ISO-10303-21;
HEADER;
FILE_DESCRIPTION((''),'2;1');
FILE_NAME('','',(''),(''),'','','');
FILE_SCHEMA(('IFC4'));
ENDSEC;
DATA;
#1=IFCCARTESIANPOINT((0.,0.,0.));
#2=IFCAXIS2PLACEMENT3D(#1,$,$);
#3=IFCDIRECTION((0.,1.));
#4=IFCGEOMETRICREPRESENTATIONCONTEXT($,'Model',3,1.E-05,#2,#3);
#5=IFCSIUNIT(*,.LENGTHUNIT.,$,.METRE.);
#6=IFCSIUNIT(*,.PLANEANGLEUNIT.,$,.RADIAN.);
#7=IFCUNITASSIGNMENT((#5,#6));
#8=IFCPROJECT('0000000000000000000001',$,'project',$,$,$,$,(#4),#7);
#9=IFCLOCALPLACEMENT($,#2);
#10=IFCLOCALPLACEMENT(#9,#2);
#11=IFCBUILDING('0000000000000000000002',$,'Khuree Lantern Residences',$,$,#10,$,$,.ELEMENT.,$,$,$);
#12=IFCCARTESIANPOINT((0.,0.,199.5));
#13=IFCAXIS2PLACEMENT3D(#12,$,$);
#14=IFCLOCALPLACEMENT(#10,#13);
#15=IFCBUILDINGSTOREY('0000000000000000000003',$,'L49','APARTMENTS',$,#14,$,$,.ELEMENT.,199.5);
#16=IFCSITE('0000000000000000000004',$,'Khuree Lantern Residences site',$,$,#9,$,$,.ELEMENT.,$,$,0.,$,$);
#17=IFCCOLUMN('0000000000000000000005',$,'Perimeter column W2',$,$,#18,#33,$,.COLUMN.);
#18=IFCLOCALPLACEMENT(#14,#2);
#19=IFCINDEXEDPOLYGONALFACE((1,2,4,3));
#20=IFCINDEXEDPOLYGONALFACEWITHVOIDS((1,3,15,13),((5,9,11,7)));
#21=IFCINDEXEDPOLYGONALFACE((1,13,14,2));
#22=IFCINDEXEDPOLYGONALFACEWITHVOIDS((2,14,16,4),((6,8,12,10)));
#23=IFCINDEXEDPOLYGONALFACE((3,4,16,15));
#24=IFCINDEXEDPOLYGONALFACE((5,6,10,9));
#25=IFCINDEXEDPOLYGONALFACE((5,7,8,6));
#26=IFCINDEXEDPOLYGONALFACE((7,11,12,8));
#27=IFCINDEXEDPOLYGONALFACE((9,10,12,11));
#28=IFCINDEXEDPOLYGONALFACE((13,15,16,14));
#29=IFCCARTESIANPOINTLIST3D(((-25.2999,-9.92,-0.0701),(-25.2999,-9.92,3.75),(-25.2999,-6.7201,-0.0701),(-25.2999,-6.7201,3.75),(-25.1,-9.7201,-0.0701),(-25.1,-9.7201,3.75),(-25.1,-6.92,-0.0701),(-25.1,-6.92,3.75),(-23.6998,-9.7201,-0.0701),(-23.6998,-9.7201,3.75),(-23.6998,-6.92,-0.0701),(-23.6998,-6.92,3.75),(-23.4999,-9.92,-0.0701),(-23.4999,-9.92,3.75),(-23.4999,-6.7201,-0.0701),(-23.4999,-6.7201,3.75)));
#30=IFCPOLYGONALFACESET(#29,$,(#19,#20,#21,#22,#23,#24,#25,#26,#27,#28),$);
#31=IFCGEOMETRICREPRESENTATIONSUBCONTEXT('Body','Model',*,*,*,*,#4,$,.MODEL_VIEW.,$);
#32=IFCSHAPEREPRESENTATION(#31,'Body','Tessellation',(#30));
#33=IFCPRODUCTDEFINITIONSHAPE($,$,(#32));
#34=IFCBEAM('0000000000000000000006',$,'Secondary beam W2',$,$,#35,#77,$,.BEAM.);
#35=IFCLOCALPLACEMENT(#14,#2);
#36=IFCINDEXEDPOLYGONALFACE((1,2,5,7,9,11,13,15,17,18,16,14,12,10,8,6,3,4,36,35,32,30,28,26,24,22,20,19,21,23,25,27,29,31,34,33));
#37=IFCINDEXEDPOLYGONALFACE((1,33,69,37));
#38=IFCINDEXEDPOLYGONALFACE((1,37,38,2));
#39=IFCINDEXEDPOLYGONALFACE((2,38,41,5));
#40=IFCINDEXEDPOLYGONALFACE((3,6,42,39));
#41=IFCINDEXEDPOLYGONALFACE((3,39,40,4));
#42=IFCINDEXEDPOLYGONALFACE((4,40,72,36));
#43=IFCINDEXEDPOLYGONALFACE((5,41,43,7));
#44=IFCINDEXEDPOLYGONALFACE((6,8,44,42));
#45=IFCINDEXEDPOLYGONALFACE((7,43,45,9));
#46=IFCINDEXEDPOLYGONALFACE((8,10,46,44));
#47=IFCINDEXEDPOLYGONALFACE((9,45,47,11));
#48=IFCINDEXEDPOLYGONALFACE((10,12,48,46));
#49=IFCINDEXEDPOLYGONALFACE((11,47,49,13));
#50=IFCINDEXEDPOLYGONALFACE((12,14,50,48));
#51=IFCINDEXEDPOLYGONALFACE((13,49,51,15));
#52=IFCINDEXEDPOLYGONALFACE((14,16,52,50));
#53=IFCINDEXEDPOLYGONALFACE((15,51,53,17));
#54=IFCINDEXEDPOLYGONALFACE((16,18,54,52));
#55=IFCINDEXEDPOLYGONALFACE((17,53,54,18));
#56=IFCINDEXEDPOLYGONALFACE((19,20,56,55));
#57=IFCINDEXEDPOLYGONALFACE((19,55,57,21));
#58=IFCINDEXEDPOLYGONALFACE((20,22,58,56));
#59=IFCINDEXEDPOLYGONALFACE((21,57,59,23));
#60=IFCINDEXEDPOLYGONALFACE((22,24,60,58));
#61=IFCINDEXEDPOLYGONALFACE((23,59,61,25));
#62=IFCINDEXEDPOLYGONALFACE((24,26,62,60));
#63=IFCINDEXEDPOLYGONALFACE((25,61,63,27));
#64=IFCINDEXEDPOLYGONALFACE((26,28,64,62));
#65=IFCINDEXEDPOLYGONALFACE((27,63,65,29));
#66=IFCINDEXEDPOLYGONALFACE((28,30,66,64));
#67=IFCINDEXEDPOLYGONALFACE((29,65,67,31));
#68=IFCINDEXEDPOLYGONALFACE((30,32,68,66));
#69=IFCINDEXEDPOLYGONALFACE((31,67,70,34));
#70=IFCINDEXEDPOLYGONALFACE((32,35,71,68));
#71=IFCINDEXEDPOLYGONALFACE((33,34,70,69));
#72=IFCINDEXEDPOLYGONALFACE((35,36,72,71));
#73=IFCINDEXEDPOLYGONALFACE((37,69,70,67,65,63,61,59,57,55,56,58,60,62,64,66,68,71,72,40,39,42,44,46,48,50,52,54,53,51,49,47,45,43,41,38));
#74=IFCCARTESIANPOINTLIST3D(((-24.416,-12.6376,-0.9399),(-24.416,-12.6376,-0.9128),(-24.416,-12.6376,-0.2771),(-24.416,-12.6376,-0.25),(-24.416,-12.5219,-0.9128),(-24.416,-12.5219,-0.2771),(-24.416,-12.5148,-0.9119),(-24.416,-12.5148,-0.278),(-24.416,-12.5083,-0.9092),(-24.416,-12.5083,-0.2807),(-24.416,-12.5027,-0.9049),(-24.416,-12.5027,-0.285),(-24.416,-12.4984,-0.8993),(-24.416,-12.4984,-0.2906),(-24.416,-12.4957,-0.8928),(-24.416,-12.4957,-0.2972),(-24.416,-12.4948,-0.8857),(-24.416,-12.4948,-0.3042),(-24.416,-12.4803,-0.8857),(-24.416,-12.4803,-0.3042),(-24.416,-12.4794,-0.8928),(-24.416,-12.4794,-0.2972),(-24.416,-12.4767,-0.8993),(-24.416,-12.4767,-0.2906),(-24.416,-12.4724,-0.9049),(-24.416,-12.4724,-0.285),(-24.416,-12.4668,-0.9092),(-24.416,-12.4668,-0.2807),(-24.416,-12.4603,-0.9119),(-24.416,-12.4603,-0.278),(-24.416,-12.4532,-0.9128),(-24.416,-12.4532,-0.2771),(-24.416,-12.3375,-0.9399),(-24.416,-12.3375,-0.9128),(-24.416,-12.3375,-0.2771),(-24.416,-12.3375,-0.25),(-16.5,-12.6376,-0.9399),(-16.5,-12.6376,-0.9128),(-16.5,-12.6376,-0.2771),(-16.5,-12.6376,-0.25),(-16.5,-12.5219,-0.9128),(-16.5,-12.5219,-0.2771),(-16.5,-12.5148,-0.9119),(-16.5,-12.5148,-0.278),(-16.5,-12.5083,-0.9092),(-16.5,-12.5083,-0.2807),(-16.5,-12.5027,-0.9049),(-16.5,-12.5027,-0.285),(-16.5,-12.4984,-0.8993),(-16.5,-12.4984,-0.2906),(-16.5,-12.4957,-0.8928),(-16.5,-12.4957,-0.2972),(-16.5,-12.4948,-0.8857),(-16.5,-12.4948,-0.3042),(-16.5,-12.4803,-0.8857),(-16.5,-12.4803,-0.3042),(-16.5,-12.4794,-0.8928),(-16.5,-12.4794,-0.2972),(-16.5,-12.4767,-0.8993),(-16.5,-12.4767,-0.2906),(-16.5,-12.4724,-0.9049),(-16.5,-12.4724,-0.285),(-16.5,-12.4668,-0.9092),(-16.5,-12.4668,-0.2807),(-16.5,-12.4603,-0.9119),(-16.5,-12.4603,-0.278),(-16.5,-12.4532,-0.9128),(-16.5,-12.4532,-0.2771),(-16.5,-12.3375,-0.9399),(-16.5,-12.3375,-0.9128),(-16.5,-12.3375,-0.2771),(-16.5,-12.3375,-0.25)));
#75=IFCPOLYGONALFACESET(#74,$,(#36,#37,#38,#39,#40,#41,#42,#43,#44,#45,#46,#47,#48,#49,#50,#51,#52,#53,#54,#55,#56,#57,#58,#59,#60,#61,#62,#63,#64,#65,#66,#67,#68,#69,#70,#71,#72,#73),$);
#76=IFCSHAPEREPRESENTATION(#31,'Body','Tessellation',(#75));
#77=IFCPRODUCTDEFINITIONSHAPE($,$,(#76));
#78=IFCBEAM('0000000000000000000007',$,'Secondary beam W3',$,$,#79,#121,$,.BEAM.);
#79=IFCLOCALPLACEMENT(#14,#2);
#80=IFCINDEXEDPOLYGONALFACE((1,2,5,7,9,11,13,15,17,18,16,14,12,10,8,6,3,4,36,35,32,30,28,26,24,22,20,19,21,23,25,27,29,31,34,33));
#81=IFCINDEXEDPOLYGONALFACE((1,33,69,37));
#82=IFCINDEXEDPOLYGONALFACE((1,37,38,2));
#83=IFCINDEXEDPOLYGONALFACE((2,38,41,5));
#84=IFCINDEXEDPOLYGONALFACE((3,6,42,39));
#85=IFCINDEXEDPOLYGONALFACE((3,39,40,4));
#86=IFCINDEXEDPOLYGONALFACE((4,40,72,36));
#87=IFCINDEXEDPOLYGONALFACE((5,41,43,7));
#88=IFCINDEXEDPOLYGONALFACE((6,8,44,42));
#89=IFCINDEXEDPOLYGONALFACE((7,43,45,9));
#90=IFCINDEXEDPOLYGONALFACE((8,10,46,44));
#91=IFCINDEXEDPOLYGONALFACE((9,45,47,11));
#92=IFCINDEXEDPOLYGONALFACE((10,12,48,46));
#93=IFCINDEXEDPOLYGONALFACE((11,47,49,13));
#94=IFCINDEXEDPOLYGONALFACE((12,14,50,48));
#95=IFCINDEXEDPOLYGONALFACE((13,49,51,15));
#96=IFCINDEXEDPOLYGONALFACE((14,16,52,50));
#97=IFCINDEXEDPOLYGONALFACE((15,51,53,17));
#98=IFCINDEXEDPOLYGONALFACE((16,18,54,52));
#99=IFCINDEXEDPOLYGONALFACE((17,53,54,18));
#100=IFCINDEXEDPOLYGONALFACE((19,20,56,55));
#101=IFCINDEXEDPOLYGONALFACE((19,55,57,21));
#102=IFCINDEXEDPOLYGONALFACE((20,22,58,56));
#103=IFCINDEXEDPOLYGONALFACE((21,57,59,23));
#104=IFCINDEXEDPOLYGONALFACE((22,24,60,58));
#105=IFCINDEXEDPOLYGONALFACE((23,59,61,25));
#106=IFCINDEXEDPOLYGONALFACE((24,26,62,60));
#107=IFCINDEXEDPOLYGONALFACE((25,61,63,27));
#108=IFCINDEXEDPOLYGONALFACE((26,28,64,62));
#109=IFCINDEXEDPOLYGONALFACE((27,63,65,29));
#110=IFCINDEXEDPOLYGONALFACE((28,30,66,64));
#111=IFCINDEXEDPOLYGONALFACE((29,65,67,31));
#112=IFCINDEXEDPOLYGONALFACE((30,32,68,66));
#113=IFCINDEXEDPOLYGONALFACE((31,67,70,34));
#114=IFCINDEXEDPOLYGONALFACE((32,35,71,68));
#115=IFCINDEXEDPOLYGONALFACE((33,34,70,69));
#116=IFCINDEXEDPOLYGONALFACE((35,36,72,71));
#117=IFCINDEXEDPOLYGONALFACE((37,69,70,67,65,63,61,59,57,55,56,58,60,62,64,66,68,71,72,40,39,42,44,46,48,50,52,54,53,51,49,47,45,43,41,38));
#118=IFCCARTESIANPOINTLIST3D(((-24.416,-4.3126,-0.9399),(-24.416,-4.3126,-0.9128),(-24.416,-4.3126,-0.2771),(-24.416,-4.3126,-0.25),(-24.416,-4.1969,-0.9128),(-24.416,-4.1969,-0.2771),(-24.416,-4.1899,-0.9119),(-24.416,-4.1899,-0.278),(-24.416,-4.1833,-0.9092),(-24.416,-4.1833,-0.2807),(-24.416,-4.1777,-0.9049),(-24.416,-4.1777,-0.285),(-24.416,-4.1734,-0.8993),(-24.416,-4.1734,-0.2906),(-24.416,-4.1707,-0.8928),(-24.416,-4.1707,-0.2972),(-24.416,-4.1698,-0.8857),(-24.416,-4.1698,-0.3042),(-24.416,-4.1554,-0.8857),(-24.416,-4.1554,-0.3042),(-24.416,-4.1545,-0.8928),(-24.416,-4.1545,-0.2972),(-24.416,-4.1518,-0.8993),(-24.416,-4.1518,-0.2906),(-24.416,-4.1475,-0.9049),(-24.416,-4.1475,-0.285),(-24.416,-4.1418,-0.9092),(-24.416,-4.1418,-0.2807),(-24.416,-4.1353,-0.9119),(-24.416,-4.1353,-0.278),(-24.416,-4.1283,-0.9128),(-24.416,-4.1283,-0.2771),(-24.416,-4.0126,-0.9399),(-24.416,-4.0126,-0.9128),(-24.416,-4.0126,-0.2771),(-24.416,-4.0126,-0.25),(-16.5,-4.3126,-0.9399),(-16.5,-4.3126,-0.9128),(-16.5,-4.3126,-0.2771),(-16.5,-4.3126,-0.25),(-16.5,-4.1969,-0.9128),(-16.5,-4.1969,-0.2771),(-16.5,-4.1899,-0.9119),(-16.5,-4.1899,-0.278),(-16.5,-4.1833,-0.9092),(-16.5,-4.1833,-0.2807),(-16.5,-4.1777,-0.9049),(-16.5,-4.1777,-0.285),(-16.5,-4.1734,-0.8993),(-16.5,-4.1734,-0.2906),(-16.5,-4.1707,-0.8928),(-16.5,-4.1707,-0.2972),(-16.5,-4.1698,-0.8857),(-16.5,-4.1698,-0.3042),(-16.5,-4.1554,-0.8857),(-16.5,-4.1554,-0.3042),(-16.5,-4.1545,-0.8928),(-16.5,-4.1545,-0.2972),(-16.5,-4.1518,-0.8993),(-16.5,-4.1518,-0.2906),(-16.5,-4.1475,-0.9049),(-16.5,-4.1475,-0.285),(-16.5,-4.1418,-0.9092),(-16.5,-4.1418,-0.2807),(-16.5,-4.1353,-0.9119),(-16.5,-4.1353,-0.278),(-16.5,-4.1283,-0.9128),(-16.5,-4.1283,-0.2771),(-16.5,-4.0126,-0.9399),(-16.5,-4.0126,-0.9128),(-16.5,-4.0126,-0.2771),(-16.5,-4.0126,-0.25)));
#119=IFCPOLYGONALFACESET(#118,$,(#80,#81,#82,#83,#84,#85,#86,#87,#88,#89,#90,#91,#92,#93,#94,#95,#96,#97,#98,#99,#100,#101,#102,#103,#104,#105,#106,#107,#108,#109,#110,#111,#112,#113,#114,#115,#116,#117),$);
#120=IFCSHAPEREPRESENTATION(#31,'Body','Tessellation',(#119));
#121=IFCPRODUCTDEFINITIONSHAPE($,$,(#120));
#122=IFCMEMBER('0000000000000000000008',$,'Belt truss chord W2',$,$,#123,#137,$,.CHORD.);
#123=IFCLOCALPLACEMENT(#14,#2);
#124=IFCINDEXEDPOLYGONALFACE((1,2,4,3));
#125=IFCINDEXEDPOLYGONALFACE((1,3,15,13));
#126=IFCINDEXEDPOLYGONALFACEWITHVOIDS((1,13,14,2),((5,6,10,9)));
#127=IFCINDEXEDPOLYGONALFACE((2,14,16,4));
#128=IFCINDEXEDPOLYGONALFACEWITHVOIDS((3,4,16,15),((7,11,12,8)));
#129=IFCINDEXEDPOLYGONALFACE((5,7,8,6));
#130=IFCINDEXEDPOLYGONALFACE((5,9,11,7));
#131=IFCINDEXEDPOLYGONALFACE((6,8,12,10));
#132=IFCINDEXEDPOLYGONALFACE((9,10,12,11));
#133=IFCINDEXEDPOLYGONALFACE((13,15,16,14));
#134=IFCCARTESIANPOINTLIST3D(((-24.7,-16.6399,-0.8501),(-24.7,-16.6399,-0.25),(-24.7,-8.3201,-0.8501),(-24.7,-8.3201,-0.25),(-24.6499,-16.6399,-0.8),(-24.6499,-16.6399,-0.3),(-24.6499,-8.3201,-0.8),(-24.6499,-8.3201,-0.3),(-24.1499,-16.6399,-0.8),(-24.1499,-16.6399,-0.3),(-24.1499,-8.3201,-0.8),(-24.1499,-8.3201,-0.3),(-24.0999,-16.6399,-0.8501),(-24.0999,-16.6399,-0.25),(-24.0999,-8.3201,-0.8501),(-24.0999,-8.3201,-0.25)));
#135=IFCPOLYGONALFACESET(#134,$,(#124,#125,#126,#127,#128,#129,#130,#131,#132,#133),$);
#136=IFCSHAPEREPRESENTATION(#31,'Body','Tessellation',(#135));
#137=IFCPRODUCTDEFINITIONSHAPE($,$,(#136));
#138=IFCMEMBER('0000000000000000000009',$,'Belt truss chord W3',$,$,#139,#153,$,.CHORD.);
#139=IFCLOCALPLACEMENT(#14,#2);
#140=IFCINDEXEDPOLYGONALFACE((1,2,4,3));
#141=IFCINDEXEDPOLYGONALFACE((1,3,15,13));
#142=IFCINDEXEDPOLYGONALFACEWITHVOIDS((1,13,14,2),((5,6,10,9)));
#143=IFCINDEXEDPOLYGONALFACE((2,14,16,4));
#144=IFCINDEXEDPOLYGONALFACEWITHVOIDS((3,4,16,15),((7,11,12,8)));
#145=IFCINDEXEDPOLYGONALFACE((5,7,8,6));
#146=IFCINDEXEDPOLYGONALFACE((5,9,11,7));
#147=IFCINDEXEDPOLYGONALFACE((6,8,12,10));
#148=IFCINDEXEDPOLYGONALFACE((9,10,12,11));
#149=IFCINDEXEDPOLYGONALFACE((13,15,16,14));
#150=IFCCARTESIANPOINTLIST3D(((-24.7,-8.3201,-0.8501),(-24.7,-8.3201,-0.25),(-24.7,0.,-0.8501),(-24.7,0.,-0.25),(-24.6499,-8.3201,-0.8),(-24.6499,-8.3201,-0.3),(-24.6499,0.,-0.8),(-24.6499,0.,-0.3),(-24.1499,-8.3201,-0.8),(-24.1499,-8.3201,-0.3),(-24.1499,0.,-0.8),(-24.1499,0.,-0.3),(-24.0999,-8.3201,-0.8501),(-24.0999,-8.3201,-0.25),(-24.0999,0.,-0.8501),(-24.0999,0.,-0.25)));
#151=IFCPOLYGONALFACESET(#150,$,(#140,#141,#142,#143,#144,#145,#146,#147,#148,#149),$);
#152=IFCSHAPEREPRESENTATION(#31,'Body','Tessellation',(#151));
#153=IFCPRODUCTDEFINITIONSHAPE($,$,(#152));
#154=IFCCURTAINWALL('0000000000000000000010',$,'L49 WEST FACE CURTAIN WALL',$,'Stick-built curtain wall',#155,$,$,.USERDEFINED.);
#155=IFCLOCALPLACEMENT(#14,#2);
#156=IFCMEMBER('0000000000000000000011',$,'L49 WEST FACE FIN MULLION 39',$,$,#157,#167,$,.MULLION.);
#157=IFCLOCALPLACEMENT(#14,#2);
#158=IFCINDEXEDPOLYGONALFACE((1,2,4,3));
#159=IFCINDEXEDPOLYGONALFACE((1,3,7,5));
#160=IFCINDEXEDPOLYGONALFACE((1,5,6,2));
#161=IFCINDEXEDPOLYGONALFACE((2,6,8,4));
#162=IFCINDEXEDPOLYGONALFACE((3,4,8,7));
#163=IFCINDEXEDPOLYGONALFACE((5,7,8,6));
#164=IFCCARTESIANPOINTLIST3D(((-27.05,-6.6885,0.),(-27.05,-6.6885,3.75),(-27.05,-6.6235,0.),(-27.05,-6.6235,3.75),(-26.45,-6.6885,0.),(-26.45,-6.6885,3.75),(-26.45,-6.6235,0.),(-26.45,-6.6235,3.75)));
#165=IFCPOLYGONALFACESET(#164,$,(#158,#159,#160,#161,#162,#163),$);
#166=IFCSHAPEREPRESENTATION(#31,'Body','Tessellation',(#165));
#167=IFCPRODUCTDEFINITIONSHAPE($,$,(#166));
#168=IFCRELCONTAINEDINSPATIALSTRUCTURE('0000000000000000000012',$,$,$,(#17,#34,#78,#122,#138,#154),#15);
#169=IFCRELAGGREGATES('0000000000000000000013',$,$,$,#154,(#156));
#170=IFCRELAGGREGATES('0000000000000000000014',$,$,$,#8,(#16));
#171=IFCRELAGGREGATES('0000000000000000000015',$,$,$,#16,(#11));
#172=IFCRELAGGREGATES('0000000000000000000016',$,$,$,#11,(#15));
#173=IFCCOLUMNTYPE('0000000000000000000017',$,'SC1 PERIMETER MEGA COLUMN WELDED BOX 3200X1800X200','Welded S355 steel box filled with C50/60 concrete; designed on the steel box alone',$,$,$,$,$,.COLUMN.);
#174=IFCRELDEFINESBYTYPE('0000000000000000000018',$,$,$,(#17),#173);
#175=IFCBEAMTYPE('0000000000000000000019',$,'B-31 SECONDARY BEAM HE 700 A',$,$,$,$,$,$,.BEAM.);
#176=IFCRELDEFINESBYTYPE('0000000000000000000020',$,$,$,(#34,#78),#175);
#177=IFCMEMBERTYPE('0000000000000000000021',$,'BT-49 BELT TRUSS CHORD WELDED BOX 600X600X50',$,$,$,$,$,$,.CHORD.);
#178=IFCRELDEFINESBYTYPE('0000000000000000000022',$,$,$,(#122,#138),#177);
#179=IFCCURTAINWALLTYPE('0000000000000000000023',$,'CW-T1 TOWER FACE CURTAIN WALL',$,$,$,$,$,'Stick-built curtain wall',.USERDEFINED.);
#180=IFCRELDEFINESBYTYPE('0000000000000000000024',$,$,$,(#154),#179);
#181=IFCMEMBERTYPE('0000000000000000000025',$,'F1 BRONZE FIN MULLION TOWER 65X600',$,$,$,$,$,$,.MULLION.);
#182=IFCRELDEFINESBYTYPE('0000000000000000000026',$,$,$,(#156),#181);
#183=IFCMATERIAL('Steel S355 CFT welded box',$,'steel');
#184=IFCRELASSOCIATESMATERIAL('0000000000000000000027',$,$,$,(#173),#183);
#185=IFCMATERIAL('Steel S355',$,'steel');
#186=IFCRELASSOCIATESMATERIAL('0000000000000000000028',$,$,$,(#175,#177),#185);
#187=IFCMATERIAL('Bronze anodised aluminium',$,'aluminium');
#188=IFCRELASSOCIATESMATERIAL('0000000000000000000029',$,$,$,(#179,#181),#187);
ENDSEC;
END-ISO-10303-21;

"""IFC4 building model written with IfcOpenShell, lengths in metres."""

from ifc_helpers import new_model, si_unit, direction, frame, origin, origin_2d, place, context, subcontext, project, spatial, rectangle, hollow_rectangle, i_section, extrude, material, material_profile, profile_set, type_object, element, aggregate, save


model = new_model("IFC4")

# Units and contexts
model_context = context("Model", 3, precision=1e-05, world=origin(), true_north=direction((0.0, 1.0)))
body_context = subcontext(model_context, "Body", "Model", "MODEL_VIEW")
ifc_project = project(units=[si_unit("LENGTHUNIT", "METRE"), si_unit("PLANEANGLEUNIT", "RADIAN")], contexts=[model_context])

# Site, building, storey
site_placement = place(None, origin())
site = spatial("IfcSite", under=ifc_project, at=site_placement, Name="Khuree Lantern Residences site", CompositionType="ELEMENT", RefElevation=0.0)
building_placement = place(site_placement, origin())
building = spatial("IfcBuilding", under=site, at=building_placement, Name="Khuree Lantern Residences", CompositionType="ELEMENT")
storey_placement = place(building_placement, frame((0.0, 0.0, 199.5)))
storey = spatial("IfcBuildingStorey", under=building, at=storey_placement, Name="L49", Description="APARTMENTS", CompositionType="ELEMENT", Elevation=199.5)

# Column
ifc_material_1 = material(Name="Steel S355 CFT welded box", Category="steel")
ifc_material_profile_1 = material_profile(ifc_material_1, hollow_rectangle(XDim=3.2, YDim=1.8, WallThickness=0.2, at=origin_2d()), Name="WELDED BOX 3200X1800X200")
ifc_profile_set_1 = profile_set([ifc_material_profile_1], Name="Steel S355 CFT welded box")
column_type = type_object("IfcColumnType", Name="SC1 PERIMETER MEGA COLUMN WELDED BOX 3200X1800X200", Description="Welded S355 steel box filled with C50/60 concrete; designed on the steel box alone", PredefinedType="COLUMN", material=ifc_profile_set_1)
column_placement = place(storey_placement, frame((-24.3999, -8.3201, -0.0701), z_axis=(0.0, 0.0, 1.0), x_axis=(0.0, 1.0, 0.0)))
element("IfcColumn", 1, at=column_placement, inside=storey, type_object=column_type, Name="Perimeter column W2", PredefinedType="COLUMN", context=body_context, shape_type="SweptSolid", body=[
    extrude(hollow_rectangle(XDim=3.2, YDim=1.8, WallThickness=0.2, at=origin_2d()), origin(), (0.0, 0.0, 1.0), 3.8201),
])

# Beams
ifc_material_2 = material(Name="Steel S355", Category="steel")
ifc_material_profile_2 = material_profile(ifc_material_2, i_section(OverallWidth=0.3, OverallDepth=0.6899, WebThickness=0.0144, FlangeThickness=0.0271, FilletRadius=0.0271, at=origin_2d()), Name="HE 700 A")
ifc_profile_set_2 = profile_set([ifc_material_profile_2], Name="Steel S355")
beam_type_1 = type_object("IfcBeamType", Name="B-31 SECONDARY BEAM HE 700 A", PredefinedType="BEAM", material=ifc_profile_set_2)
for number, where, z_axis, x_axis, name in (
    (2, (-24.416, -12.4875, -0.595), (1.0, 0.0, 0.0), (0.0, 1.0, 0.0), "Secondary beam W2"),
    (3, (-24.416, -4.1626, -0.595), (1.0, 0.0, 0.0), (0.0, 1.0, 0.0), "Secondary beam W3"),
):
    element("IfcBeam", number, at=place(storey_placement, frame(where, z_axis=z_axis, x_axis=x_axis)), inside=storey, type_object=beam_type_1, Name=name, PredefinedType="BEAM", context=body_context, shape_type="SweptSolid", body=[
        extrude(i_section(OverallWidth=0.3, OverallDepth=0.6899, WebThickness=0.0144, FlangeThickness=0.0271, FilletRadius=0.0271, at=origin_2d()), origin(), (0.0, 0.0, 1.0), 7.916),
    ])

# Members
ifc_material_profile_3 = material_profile(ifc_material_2, hollow_rectangle(XDim=0.6001, YDim=0.6001, WallThickness=0.05, at=origin_2d()), Name="WELDED BOX 600X600X50")
ifc_profile_set_3 = profile_set([ifc_material_profile_3], Name="Steel S355")
member_type_1 = type_object("IfcMemberType", Name="BT-49 BELT TRUSS CHORD WELDED BOX 600X600X50", PredefinedType="CHORD", material=ifc_profile_set_3)
member_1_placement = place(storey_placement, frame((-24.3999, -16.6399, -0.55), z_axis=(0.0, 1.0, 0.0), x_axis=(-1.0, 0.0, 0.0)))
element("IfcMember", 4, at=member_1_placement, inside=storey, type_object=member_type_1, Name="Belt truss chord W2", PredefinedType="CHORD", context=body_context, shape_type="SweptSolid", body=[
    extrude(hollow_rectangle(XDim=0.6001, YDim=0.6001, WallThickness=0.05, at=origin_2d()), origin(), (0.0, 0.0, 1.0), 8.3198),
])
member_2_placement = place(storey_placement, frame((-24.3999, -8.3201, -0.55), z_axis=(0.0, 1.0, 0.0), x_axis=(-1.0, 0.0, 0.0)))
element("IfcMember", 5, at=member_2_placement, inside=storey, type_object=member_type_1, Name="Belt truss chord W3", PredefinedType="CHORD", context=body_context, shape_type="SweptSolid", body=[
    extrude(hollow_rectangle(XDim=0.6001, YDim=0.6001, WallThickness=0.05, at=origin_2d()), origin(), (0.0, 0.0, 1.0), 8.3201),
])

# Curtain wall, member
ifc_material_3 = material(Name="Bronze anodised aluminium", Category="aluminium")
curtain_wall_type = type_object("IfcCurtainWallType", Name="CW-T1 TOWER FACE CURTAIN WALL", ElementType="Stick-built curtain wall", PredefinedType="USERDEFINED", material=ifc_material_3)
curtain_wall_placement = place(storey_placement, origin())
curtain_wall = element("IfcCurtainWall", 6, at=curtain_wall_placement, inside=storey, type_object=curtain_wall_type, Name="L49 WEST FACE CURTAIN WALL", ObjectType="Stick-built curtain wall", PredefinedType="USERDEFINED")
ifc_material_profile_4 = material_profile(ifc_material_3, rectangle(XDim=0.0649, YDim=0.6001, at=origin_2d()), Name="F1 65X600")
ifc_profile_set_4 = profile_set([ifc_material_profile_4], Name="Bronze anodised aluminium")
member_type_2 = type_object("IfcMemberType", Name="F1 BRONZE FIN MULLION TOWER 65X600", PredefinedType="MULLION", material=ifc_profile_set_4)
member_3_placement = place(storey_placement, frame((-26.75, -6.656, 0.0), z_axis=(0.0, 0.0, 1.0), x_axis=(0.0, -1.0, 0.0)))
member_3 = element("IfcMember", 7, at=member_3_placement, type_object=member_type_2, Name="L49 WEST FACE FIN MULLION 39", PredefinedType="MULLION", context=body_context, shape_type="SweptSolid", body=[
    extrude(rectangle(XDim=0.0649, YDim=0.6001, at=origin_2d()), origin(), (0.0, 0.0, 1.0), 3.75),
])

aggregate(curtain_wall, [member_3])

save(model, "model.ifc")
